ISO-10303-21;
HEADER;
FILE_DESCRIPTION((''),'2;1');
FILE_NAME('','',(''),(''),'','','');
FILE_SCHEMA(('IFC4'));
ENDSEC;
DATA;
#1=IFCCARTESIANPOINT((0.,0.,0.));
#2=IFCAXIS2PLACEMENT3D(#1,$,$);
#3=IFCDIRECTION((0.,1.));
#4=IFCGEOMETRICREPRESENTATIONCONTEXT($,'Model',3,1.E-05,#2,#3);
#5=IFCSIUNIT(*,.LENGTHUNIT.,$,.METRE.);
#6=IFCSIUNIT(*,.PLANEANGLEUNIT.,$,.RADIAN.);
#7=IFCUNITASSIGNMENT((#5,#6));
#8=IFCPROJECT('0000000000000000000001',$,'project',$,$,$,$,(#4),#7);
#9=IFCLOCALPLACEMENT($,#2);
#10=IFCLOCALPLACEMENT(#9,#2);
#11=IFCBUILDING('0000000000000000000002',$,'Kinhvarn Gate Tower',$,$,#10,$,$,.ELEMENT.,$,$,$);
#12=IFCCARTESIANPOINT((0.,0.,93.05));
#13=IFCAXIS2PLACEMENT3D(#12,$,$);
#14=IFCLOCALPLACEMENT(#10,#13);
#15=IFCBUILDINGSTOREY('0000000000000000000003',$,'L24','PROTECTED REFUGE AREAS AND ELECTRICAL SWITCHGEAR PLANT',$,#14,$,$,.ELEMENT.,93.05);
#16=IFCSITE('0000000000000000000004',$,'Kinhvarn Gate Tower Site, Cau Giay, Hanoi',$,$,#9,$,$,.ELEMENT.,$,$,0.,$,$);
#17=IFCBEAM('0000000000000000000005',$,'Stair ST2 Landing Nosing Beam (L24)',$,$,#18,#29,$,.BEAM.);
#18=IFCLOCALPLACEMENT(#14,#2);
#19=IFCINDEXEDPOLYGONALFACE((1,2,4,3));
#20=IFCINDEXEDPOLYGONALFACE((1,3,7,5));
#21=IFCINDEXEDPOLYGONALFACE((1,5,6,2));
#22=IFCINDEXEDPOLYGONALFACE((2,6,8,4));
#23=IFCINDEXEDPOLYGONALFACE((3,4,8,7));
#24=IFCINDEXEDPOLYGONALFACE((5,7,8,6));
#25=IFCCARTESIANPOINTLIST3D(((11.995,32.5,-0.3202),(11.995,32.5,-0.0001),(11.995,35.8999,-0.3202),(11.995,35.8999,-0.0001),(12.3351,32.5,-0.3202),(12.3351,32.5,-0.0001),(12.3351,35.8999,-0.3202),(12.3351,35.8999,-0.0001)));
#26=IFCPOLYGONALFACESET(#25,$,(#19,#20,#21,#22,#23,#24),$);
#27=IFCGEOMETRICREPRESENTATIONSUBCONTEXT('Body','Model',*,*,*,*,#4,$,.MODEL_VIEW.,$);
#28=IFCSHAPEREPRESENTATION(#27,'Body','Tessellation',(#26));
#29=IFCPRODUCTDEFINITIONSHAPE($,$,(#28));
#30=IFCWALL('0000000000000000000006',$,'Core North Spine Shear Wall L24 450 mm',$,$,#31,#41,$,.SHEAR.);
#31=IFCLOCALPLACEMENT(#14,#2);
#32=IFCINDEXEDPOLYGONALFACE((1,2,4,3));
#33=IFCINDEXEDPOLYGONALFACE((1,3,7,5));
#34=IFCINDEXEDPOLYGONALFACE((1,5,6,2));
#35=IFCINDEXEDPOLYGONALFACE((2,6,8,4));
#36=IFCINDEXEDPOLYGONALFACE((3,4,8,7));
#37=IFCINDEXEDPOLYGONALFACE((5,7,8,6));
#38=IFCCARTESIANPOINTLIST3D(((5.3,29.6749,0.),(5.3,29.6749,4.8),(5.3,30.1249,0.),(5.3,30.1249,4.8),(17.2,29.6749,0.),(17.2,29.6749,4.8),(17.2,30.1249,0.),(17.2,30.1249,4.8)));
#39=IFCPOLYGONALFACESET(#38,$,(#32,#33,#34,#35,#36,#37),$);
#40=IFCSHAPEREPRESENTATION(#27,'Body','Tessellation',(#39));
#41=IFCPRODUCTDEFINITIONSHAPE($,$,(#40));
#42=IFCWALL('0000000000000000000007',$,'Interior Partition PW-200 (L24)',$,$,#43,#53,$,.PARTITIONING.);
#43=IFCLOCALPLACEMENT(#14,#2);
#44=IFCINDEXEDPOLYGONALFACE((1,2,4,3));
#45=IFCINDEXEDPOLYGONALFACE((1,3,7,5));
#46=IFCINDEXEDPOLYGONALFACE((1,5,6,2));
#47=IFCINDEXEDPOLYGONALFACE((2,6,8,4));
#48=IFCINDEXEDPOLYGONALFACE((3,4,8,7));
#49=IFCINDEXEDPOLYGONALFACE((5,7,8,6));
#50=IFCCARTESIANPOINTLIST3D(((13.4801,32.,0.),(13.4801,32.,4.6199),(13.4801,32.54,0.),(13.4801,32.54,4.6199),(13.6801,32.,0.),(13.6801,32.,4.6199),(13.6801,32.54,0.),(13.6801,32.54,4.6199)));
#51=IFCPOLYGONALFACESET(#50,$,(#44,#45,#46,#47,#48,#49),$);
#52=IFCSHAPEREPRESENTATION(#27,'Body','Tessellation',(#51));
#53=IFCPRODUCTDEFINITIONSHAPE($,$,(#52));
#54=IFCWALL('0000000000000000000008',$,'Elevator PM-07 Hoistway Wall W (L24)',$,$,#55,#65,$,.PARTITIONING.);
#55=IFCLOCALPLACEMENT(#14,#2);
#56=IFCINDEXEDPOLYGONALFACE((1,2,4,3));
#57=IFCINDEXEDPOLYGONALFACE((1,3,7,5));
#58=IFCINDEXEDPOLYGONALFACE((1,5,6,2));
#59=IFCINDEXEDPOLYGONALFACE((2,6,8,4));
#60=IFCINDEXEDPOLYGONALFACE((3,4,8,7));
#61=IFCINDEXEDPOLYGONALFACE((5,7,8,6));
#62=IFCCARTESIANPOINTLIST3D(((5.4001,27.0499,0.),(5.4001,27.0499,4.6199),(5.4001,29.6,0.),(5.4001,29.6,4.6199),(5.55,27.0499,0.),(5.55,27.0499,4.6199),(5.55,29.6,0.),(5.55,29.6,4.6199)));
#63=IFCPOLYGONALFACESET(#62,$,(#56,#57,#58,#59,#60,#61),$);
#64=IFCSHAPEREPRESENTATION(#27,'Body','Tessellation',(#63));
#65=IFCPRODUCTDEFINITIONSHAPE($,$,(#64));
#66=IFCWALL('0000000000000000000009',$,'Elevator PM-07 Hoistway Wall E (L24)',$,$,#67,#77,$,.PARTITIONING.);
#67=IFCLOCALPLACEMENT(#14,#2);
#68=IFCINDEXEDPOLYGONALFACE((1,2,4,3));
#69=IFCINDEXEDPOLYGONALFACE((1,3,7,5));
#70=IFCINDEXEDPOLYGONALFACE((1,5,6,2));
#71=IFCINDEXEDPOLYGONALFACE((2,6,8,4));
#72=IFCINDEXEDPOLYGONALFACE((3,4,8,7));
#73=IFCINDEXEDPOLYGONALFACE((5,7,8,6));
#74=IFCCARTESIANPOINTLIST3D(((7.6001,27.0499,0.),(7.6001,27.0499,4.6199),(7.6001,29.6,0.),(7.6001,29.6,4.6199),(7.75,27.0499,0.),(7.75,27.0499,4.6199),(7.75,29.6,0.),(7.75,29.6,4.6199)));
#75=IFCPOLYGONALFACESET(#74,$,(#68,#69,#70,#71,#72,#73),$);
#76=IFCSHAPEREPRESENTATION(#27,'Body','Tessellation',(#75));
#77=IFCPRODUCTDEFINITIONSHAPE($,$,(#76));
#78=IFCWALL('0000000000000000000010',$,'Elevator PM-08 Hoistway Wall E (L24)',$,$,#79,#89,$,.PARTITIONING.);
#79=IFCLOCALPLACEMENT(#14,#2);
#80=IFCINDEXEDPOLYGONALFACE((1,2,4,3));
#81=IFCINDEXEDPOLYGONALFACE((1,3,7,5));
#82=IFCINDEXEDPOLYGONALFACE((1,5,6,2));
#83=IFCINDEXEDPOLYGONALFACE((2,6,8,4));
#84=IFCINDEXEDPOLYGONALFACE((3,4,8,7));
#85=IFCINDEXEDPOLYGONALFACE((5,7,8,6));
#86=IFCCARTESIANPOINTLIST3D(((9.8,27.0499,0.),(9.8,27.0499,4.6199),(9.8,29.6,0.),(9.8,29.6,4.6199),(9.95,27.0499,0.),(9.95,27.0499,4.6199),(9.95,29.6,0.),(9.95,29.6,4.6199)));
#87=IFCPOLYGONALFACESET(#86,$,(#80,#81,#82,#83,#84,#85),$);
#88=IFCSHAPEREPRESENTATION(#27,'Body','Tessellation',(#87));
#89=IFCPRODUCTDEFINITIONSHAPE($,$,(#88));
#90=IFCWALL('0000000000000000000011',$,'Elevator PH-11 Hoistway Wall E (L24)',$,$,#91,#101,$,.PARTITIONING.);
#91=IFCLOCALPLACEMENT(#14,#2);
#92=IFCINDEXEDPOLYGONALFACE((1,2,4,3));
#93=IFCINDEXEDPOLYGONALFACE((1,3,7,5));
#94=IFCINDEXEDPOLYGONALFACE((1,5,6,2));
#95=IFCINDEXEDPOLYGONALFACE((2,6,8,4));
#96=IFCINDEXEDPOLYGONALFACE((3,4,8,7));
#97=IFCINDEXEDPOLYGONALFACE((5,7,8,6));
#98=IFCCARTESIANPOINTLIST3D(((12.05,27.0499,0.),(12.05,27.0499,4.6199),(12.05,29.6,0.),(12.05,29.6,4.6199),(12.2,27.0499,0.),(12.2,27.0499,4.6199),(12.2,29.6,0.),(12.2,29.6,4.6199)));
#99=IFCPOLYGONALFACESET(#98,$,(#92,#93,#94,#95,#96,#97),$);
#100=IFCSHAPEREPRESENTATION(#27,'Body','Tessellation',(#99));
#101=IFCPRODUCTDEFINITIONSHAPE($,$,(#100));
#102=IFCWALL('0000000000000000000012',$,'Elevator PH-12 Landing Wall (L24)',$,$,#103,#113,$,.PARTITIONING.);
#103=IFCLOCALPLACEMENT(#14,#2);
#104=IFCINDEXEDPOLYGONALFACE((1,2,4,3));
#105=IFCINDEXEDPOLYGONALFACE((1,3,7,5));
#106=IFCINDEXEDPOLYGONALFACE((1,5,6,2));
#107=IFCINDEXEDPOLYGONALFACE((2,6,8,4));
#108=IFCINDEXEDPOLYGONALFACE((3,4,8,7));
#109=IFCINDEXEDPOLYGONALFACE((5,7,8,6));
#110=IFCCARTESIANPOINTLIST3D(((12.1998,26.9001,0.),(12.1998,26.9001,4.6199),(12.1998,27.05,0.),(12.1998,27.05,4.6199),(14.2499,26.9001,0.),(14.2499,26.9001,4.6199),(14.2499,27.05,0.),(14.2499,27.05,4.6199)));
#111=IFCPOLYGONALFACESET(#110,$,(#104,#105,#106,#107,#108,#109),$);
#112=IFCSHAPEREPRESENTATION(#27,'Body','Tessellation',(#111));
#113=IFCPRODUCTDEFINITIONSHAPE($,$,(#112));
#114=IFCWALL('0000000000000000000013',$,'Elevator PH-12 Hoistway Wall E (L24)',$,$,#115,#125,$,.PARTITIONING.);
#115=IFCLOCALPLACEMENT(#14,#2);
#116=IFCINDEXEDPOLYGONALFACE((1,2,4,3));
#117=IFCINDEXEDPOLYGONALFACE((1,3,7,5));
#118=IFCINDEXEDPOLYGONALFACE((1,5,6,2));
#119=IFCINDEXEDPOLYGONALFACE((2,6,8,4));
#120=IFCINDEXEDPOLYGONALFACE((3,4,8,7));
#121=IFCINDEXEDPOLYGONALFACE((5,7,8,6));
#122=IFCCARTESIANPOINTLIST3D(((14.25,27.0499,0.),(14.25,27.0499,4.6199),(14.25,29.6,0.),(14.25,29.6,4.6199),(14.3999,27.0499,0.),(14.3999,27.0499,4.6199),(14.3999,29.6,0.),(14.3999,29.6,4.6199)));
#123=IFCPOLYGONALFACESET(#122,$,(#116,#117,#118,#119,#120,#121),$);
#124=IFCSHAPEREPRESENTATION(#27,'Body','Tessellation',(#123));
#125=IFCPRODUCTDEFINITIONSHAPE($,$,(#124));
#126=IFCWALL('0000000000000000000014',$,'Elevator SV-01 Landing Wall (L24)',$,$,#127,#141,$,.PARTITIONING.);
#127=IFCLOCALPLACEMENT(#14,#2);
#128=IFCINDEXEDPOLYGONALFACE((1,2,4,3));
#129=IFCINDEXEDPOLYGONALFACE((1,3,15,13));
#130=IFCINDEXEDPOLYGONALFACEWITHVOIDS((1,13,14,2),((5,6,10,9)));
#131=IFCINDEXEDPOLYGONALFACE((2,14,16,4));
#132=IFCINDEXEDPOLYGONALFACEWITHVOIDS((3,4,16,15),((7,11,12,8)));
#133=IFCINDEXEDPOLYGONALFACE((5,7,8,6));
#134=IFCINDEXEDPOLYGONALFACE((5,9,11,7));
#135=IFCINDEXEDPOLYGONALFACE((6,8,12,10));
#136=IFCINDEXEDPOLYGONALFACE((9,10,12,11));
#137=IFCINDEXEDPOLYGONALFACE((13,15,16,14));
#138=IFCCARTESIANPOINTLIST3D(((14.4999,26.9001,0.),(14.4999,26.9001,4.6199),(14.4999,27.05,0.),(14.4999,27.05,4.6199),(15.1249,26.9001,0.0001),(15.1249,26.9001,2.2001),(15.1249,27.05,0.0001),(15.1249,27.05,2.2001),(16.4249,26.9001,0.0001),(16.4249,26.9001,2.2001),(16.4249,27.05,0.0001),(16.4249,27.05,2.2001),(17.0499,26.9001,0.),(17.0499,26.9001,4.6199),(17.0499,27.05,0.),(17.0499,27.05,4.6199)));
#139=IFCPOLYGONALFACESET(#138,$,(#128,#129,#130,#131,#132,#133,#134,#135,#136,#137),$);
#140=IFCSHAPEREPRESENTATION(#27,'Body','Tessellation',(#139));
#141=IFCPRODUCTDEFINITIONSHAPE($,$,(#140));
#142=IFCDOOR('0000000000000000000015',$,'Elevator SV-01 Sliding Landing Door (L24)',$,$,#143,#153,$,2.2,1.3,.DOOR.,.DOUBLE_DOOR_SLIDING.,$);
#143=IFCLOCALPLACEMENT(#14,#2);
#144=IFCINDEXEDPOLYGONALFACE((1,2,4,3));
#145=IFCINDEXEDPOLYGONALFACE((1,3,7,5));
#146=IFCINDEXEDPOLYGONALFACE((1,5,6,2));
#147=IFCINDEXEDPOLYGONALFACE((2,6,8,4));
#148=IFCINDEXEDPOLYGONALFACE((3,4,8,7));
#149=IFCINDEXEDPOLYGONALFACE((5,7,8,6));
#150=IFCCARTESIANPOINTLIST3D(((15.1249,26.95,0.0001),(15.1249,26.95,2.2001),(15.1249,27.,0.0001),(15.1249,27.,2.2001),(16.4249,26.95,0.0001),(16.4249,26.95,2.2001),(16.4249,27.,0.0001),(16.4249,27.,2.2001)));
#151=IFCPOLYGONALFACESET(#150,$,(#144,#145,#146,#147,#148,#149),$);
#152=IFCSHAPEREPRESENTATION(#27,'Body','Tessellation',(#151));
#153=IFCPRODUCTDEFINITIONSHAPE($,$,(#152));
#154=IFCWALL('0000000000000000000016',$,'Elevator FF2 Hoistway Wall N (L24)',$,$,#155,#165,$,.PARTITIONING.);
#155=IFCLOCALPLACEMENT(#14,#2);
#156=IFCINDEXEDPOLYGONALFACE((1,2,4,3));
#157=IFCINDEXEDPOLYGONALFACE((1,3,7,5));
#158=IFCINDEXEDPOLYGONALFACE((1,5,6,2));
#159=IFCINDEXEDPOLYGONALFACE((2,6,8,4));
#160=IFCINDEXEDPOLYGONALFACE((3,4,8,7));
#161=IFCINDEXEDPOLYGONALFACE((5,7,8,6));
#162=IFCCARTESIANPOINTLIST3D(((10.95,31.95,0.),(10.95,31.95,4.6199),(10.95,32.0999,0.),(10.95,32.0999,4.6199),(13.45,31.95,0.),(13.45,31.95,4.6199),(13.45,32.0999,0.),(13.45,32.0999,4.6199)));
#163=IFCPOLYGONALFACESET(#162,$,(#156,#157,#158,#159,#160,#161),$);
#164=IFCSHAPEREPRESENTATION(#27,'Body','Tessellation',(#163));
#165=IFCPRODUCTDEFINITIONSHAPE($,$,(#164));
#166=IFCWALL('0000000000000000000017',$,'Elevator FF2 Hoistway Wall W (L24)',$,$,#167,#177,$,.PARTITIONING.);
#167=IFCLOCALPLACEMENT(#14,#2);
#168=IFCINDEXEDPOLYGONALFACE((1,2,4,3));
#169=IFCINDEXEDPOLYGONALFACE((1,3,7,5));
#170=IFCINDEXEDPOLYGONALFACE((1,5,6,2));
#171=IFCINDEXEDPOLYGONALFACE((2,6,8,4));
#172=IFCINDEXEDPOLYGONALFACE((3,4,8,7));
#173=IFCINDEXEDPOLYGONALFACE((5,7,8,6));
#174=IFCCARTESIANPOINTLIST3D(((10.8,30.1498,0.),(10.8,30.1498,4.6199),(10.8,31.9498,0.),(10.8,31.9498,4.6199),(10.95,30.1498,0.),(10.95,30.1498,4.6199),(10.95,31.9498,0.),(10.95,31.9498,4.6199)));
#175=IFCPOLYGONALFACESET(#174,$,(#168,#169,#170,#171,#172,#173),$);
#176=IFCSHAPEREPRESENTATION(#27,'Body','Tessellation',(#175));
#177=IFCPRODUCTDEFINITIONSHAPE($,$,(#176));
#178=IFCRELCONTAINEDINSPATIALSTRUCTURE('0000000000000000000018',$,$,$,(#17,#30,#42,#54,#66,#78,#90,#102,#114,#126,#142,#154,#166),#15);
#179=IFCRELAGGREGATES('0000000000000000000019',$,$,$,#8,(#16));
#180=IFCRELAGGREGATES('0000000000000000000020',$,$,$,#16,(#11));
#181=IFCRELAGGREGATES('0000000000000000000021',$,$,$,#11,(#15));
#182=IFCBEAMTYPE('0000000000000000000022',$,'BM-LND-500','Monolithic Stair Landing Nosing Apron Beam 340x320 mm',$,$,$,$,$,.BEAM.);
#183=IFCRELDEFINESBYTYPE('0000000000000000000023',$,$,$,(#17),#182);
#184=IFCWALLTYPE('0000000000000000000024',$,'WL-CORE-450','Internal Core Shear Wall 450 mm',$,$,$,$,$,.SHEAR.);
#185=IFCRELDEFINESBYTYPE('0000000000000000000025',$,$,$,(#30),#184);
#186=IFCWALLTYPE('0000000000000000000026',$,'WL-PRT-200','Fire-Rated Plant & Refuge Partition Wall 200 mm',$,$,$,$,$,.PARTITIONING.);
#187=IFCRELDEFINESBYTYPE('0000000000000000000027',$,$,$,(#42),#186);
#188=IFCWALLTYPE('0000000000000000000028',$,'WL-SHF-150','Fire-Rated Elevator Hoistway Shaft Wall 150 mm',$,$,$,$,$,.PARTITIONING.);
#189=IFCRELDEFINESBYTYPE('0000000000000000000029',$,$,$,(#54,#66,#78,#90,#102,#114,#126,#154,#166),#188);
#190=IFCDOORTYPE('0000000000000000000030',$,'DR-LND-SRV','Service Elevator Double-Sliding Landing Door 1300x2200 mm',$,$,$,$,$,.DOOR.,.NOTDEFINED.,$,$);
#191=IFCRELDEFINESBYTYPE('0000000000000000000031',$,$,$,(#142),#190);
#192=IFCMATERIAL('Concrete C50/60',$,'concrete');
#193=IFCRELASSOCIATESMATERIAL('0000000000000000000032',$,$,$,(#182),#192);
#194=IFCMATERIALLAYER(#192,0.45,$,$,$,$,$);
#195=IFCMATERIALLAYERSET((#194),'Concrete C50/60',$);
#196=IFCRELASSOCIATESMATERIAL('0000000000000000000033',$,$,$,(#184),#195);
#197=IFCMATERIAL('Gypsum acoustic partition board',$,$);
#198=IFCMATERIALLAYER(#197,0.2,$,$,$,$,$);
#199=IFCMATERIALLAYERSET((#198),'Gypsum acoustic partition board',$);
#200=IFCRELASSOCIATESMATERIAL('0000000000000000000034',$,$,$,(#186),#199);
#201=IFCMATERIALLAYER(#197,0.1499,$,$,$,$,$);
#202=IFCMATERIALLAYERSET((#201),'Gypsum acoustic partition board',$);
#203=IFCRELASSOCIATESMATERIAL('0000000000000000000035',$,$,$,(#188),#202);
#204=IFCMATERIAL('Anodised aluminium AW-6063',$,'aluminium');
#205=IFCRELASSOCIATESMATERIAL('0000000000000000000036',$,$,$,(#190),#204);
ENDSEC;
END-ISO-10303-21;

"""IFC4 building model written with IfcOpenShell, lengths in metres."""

from ifc_helpers import new_model, si_unit, direction, frame, frame_2d, origin, origin_2d, place, context, subcontext, project, spatial, rectangle, extrude, material, layer, layer_set, material_profile, profile_set, type_object, element, fill, save


model = new_model("IFC4")

# Units and contexts
model_context = context("Model", 3, precision=1e-05, world=origin(), true_north=direction((0.0, 1.0)))
body_context = subcontext(model_context, "Body", "Model", "MODEL_VIEW")
ifc_project = project(units=[si_unit("LENGTHUNIT", "METRE"), si_unit("PLANEANGLEUNIT", "RADIAN")], contexts=[model_context])

# Site, building, storey
site_placement = place(None, origin())
site = spatial("IfcSite", under=ifc_project, at=site_placement, Name="Kinhvarn Gate Tower Site, Cau Giay, Hanoi", CompositionType="ELEMENT", RefElevation=0.0)
building_placement = place(site_placement, origin())
building = spatial("IfcBuilding", under=site, at=building_placement, Name="Kinhvarn Gate Tower", CompositionType="ELEMENT")
storey_placement = place(building_placement, frame((0.0, 0.0, 93.05)))
storey = spatial("IfcBuildingStorey", under=building, at=storey_placement, Name="L24", Description="PROTECTED REFUGE AREAS AND ELECTRICAL SWITCHGEAR PLANT", CompositionType="ELEMENT", Elevation=93.05)

# Beam
ifc_material_1 = material(Name="Concrete C50/60", Category="concrete")
ifc_material_profile = material_profile(ifc_material_1, rectangle(XDim=0.3401, YDim=0.3201, at=origin_2d()), Name="RC 340x320")
ifc_profile_set = profile_set([ifc_material_profile], Name="Concrete C50/60")
beam_type = type_object("IfcBeamType", Name="BM-LND-500", Description="Monolithic Stair Landing Nosing Apron Beam 340x320 mm", PredefinedType="BEAM", material=ifc_profile_set)
beam_placement = place(storey_placement, frame((12.165, 32.5, -0.1602), z_axis=(0.0, 1.0, 0.0), x_axis=(-1.0, 0.0, 0.0)))
element("IfcBeam", 1, at=beam_placement, inside=storey, type_object=beam_type, Name="Stair ST2 Landing Nosing Beam (L24)", PredefinedType="BEAM", context=body_context, shape_type="SweptSolid", body=[
    extrude(rectangle(XDim=0.3401, YDim=0.3201, at=origin_2d()), origin(), (0.0, 0.0, 1.0), 3.3999),
])

# Walls
ifc_layer_1 = layer(ifc_material_1, 0.45)
ifc_layer_set_1 = layer_set([ifc_layer_1], Name="Concrete C50/60")
wall_type_1 = type_object("IfcWallType", Name="WL-CORE-450", Description="Internal Core Shear Wall 450 mm", PredefinedType="SHEAR", material=ifc_layer_set_1)
wall_1_placement = place(storey_placement, frame((5.3, 29.8999, 0.0), z_axis=(0.0, 0.0, 1.0), x_axis=(1.0, 0.0, 0.0)))
element("IfcWall", 2, at=wall_1_placement, inside=storey, type_object=wall_type_1, Name="Core North Spine Shear Wall L24 450 mm", PredefinedType="SHEAR", context=body_context, shape_type="SweptSolid", body=[
    extrude(rectangle(XDim=11.8999, YDim=0.45, at=frame_2d((5.95, 0.0))), origin(), (0.0, 0.0, 1.0), 4.8),
])
ifc_material_2 = material(Name="Gypsum acoustic partition board")
ifc_layer_2 = layer(ifc_material_2, 0.2)
ifc_layer_set_2 = layer_set([ifc_layer_2], Name="Gypsum acoustic partition board")
wall_type_2 = type_object("IfcWallType", Name="WL-PRT-200", Description="Fire-Rated Plant & Refuge Partition Wall 200 mm", PredefinedType="PARTITIONING", material=ifc_layer_set_2)
wall_2_placement = place(storey_placement, frame((13.5801, 32.0, 0.0), z_axis=(0.0, 0.0, 1.0), x_axis=(0.0, 1.0, 0.0)))
element("IfcWall", 3, at=wall_2_placement, inside=storey, type_object=wall_type_2, Name="Interior Partition PW-200 (L24)", PredefinedType="PARTITIONING", context=body_context, shape_type="SweptSolid", body=[
    extrude(rectangle(XDim=0.54, YDim=0.2, at=frame_2d((0.27, 0.0))), origin(), (0.0, 0.0, 1.0), 4.6199),
])
ifc_layer_3 = layer(ifc_material_2, 0.1499)
ifc_layer_set_3 = layer_set([ifc_layer_3], Name="Gypsum acoustic partition board")
wall_type_3 = type_object("IfcWallType", Name="WL-SHF-150", Description="Fire-Rated Elevator Hoistway Shaft Wall 150 mm", PredefinedType="PARTITIONING", material=ifc_layer_set_3)
for number, where, z_axis, x_axis, name in (
    (4, (5.4751, 27.05, 0.0), (0.0, 0.0, 1.0), (0.0, 1.0, 0.0), "Elevator PM-07 Hoistway Wall W (L24)"),
    (5, (7.675, 27.05, 0.0), (0.0, 0.0, 1.0), (0.0, 1.0, 0.0), "Elevator PM-07 Hoistway Wall E (L24)"),
    (6, (9.875, 27.05, 0.0), (0.0, 0.0, 1.0), (0.0, 1.0, 0.0), "Elevator PM-08 Hoistway Wall E (L24)"),
    (7, (12.125, 27.05, 0.0), (0.0, 0.0, 1.0), (0.0, 1.0, 0.0), "Elevator PH-11 Hoistway Wall E (L24)"),
):
    element("IfcWall", number, at=place(storey_placement, frame(where, z_axis=z_axis, x_axis=x_axis)), inside=storey, type_object=wall_type_3, Name=name, PredefinedType="PARTITIONING", context=body_context, shape_type="SweptSolid", body=[
        extrude(rectangle(XDim=2.55, YDim=0.1499, at=frame_2d((1.2749, 0.0))), origin(), (0.0, 0.0, 1.0), 4.6199),
    ])
wall_3_placement = place(storey_placement, frame((12.2, 26.9751, 0.0), z_axis=(0.0, 0.0, 1.0), x_axis=(1.0, 0.0, 0.0)))
element("IfcWall", 8, at=wall_3_placement, inside=storey, type_object=wall_type_3, Name="Elevator PH-12 Landing Wall (L24)", PredefinedType="PARTITIONING", context=body_context, shape_type="SweptSolid", body=[
    extrude(rectangle(XDim=2.05, YDim=0.1499, at=frame_2d((1.0249, 0.0))), origin(), (0.0, 0.0, 1.0), 4.6199),
])
wall_4_placement = place(storey_placement, frame((14.325, 27.05, 0.0), z_axis=(0.0, 0.0, 1.0), x_axis=(0.0, 1.0, 0.0)))
element("IfcWall", 9, at=wall_4_placement, inside=storey, type_object=wall_type_3, Name="Elevator PH-12 Hoistway Wall E (L24)", PredefinedType="PARTITIONING", context=body_context, shape_type="SweptSolid", body=[
    extrude(rectangle(XDim=2.55, YDim=0.1499, at=frame_2d((1.2749, 0.0))), origin(), (0.0, 0.0, 1.0), 4.6199),
])

# Wall, opening, door
wall_5_placement = place(storey_placement, frame((14.5, 26.9751, 0.0), z_axis=(0.0, 0.0, 1.0), x_axis=(1.0, 0.0, 0.0)))
wall_5 = element("IfcWall", 10, at=wall_5_placement, inside=storey, type_object=wall_type_3, Name="Elevator SV-01 Landing Wall (L24)", PredefinedType="PARTITIONING", context=body_context, shape_type="SweptSolid", body=[
    extrude(rectangle(XDim=2.55, YDim=0.1499, at=frame_2d((1.2749, 0.0))), origin(), (0.0, 0.0, 1.0), 4.6199),
])
opening_1_placement = place(wall_5_placement, frame((0.625, 0.0, 0.0)))
opening_1 = element("IfcOpeningElement", 11, at=opening_1_placement, cuts=wall_5, PredefinedType="OPENING", context=body_context, shape_type="SweptSolid", body=[
    extrude(rectangle(XDim=1.3, YDim=2.2, at=frame_2d((0.6499, 1.1001))), frame((0.0, 0.085, 0.0), z_axis=(0.0, -1.0, 0.0), x_axis=(1.0, 0.0, 0.0)), (0.0, 0.0, 1.0), 0.1699),
])
ifc_material_3 = material(Name="Anodised aluminium AW-6063", Category="aluminium")
door_type_1 = type_object("IfcDoorType", Name="DR-LND-SRV", Description="Service Elevator Double-Sliding Landing Door 1300x2200 mm", OperationType="NOTDEFINED", PredefinedType="DOOR", material=ifc_material_3)
door_1_placement = place(opening_1_placement, origin())
door_1 = element("IfcDoor", 12, at=door_1_placement, inside=storey, type_object=door_type_1, Name="Elevator SV-01 Sliding Landing Door (L24)", OperationType="DOUBLE_DOOR_SLIDING", OverallHeight=2.2, OverallWidth=1.3, PredefinedType="DOOR", context=body_context, shape_type="SweptSolid", body=[
    extrude(rectangle(XDim=1.3, YDim=2.2, at=frame_2d((0.6499, 1.1001))), frame((0.0, 0.0249, 0.0), z_axis=(0.0, -1.0, 0.0), x_axis=(1.0, 0.0, 0.0)), (0.0, 0.0, 1.0), 0.05),
])
fill(opening_1, door_1)

# Walls
wall_6_placement = place(storey_placement, frame((10.95, 32.0249, 0.0), z_axis=(0.0, 0.0, 1.0), x_axis=(1.0, 0.0, 0.0)))
element("IfcWall", 13, at=wall_6_placement, inside=storey, type_object=wall_type_3, Name="Elevator FF2 Hoistway Wall N (L24)", PredefinedType="PARTITIONING", context=body_context, shape_type="SweptSolid", body=[
    extrude(rectangle(XDim=2.5, YDim=0.1499, at=frame_2d((1.25, 0.0))), origin(), (0.0, 0.0, 1.0), 4.6199),
])
wall_7_placement = place(storey_placement, frame((10.875, 30.1499, 0.0), z_axis=(0.0, 0.0, 1.0), x_axis=(0.0, 1.0, 0.0)))
element("IfcWall", 14, at=wall_7_placement, inside=storey, type_object=wall_type_3, Name="Elevator FF2 Hoistway Wall W (L24)", PredefinedType="PARTITIONING", context=body_context, shape_type="SweptSolid", body=[
    extrude(rectangle(XDim=1.8, YDim=0.1499, at=frame_2d((0.8999, 0.0))), origin(), (0.0, 0.0, 1.0), 4.6199),
])

save(model, "model.ifc")
